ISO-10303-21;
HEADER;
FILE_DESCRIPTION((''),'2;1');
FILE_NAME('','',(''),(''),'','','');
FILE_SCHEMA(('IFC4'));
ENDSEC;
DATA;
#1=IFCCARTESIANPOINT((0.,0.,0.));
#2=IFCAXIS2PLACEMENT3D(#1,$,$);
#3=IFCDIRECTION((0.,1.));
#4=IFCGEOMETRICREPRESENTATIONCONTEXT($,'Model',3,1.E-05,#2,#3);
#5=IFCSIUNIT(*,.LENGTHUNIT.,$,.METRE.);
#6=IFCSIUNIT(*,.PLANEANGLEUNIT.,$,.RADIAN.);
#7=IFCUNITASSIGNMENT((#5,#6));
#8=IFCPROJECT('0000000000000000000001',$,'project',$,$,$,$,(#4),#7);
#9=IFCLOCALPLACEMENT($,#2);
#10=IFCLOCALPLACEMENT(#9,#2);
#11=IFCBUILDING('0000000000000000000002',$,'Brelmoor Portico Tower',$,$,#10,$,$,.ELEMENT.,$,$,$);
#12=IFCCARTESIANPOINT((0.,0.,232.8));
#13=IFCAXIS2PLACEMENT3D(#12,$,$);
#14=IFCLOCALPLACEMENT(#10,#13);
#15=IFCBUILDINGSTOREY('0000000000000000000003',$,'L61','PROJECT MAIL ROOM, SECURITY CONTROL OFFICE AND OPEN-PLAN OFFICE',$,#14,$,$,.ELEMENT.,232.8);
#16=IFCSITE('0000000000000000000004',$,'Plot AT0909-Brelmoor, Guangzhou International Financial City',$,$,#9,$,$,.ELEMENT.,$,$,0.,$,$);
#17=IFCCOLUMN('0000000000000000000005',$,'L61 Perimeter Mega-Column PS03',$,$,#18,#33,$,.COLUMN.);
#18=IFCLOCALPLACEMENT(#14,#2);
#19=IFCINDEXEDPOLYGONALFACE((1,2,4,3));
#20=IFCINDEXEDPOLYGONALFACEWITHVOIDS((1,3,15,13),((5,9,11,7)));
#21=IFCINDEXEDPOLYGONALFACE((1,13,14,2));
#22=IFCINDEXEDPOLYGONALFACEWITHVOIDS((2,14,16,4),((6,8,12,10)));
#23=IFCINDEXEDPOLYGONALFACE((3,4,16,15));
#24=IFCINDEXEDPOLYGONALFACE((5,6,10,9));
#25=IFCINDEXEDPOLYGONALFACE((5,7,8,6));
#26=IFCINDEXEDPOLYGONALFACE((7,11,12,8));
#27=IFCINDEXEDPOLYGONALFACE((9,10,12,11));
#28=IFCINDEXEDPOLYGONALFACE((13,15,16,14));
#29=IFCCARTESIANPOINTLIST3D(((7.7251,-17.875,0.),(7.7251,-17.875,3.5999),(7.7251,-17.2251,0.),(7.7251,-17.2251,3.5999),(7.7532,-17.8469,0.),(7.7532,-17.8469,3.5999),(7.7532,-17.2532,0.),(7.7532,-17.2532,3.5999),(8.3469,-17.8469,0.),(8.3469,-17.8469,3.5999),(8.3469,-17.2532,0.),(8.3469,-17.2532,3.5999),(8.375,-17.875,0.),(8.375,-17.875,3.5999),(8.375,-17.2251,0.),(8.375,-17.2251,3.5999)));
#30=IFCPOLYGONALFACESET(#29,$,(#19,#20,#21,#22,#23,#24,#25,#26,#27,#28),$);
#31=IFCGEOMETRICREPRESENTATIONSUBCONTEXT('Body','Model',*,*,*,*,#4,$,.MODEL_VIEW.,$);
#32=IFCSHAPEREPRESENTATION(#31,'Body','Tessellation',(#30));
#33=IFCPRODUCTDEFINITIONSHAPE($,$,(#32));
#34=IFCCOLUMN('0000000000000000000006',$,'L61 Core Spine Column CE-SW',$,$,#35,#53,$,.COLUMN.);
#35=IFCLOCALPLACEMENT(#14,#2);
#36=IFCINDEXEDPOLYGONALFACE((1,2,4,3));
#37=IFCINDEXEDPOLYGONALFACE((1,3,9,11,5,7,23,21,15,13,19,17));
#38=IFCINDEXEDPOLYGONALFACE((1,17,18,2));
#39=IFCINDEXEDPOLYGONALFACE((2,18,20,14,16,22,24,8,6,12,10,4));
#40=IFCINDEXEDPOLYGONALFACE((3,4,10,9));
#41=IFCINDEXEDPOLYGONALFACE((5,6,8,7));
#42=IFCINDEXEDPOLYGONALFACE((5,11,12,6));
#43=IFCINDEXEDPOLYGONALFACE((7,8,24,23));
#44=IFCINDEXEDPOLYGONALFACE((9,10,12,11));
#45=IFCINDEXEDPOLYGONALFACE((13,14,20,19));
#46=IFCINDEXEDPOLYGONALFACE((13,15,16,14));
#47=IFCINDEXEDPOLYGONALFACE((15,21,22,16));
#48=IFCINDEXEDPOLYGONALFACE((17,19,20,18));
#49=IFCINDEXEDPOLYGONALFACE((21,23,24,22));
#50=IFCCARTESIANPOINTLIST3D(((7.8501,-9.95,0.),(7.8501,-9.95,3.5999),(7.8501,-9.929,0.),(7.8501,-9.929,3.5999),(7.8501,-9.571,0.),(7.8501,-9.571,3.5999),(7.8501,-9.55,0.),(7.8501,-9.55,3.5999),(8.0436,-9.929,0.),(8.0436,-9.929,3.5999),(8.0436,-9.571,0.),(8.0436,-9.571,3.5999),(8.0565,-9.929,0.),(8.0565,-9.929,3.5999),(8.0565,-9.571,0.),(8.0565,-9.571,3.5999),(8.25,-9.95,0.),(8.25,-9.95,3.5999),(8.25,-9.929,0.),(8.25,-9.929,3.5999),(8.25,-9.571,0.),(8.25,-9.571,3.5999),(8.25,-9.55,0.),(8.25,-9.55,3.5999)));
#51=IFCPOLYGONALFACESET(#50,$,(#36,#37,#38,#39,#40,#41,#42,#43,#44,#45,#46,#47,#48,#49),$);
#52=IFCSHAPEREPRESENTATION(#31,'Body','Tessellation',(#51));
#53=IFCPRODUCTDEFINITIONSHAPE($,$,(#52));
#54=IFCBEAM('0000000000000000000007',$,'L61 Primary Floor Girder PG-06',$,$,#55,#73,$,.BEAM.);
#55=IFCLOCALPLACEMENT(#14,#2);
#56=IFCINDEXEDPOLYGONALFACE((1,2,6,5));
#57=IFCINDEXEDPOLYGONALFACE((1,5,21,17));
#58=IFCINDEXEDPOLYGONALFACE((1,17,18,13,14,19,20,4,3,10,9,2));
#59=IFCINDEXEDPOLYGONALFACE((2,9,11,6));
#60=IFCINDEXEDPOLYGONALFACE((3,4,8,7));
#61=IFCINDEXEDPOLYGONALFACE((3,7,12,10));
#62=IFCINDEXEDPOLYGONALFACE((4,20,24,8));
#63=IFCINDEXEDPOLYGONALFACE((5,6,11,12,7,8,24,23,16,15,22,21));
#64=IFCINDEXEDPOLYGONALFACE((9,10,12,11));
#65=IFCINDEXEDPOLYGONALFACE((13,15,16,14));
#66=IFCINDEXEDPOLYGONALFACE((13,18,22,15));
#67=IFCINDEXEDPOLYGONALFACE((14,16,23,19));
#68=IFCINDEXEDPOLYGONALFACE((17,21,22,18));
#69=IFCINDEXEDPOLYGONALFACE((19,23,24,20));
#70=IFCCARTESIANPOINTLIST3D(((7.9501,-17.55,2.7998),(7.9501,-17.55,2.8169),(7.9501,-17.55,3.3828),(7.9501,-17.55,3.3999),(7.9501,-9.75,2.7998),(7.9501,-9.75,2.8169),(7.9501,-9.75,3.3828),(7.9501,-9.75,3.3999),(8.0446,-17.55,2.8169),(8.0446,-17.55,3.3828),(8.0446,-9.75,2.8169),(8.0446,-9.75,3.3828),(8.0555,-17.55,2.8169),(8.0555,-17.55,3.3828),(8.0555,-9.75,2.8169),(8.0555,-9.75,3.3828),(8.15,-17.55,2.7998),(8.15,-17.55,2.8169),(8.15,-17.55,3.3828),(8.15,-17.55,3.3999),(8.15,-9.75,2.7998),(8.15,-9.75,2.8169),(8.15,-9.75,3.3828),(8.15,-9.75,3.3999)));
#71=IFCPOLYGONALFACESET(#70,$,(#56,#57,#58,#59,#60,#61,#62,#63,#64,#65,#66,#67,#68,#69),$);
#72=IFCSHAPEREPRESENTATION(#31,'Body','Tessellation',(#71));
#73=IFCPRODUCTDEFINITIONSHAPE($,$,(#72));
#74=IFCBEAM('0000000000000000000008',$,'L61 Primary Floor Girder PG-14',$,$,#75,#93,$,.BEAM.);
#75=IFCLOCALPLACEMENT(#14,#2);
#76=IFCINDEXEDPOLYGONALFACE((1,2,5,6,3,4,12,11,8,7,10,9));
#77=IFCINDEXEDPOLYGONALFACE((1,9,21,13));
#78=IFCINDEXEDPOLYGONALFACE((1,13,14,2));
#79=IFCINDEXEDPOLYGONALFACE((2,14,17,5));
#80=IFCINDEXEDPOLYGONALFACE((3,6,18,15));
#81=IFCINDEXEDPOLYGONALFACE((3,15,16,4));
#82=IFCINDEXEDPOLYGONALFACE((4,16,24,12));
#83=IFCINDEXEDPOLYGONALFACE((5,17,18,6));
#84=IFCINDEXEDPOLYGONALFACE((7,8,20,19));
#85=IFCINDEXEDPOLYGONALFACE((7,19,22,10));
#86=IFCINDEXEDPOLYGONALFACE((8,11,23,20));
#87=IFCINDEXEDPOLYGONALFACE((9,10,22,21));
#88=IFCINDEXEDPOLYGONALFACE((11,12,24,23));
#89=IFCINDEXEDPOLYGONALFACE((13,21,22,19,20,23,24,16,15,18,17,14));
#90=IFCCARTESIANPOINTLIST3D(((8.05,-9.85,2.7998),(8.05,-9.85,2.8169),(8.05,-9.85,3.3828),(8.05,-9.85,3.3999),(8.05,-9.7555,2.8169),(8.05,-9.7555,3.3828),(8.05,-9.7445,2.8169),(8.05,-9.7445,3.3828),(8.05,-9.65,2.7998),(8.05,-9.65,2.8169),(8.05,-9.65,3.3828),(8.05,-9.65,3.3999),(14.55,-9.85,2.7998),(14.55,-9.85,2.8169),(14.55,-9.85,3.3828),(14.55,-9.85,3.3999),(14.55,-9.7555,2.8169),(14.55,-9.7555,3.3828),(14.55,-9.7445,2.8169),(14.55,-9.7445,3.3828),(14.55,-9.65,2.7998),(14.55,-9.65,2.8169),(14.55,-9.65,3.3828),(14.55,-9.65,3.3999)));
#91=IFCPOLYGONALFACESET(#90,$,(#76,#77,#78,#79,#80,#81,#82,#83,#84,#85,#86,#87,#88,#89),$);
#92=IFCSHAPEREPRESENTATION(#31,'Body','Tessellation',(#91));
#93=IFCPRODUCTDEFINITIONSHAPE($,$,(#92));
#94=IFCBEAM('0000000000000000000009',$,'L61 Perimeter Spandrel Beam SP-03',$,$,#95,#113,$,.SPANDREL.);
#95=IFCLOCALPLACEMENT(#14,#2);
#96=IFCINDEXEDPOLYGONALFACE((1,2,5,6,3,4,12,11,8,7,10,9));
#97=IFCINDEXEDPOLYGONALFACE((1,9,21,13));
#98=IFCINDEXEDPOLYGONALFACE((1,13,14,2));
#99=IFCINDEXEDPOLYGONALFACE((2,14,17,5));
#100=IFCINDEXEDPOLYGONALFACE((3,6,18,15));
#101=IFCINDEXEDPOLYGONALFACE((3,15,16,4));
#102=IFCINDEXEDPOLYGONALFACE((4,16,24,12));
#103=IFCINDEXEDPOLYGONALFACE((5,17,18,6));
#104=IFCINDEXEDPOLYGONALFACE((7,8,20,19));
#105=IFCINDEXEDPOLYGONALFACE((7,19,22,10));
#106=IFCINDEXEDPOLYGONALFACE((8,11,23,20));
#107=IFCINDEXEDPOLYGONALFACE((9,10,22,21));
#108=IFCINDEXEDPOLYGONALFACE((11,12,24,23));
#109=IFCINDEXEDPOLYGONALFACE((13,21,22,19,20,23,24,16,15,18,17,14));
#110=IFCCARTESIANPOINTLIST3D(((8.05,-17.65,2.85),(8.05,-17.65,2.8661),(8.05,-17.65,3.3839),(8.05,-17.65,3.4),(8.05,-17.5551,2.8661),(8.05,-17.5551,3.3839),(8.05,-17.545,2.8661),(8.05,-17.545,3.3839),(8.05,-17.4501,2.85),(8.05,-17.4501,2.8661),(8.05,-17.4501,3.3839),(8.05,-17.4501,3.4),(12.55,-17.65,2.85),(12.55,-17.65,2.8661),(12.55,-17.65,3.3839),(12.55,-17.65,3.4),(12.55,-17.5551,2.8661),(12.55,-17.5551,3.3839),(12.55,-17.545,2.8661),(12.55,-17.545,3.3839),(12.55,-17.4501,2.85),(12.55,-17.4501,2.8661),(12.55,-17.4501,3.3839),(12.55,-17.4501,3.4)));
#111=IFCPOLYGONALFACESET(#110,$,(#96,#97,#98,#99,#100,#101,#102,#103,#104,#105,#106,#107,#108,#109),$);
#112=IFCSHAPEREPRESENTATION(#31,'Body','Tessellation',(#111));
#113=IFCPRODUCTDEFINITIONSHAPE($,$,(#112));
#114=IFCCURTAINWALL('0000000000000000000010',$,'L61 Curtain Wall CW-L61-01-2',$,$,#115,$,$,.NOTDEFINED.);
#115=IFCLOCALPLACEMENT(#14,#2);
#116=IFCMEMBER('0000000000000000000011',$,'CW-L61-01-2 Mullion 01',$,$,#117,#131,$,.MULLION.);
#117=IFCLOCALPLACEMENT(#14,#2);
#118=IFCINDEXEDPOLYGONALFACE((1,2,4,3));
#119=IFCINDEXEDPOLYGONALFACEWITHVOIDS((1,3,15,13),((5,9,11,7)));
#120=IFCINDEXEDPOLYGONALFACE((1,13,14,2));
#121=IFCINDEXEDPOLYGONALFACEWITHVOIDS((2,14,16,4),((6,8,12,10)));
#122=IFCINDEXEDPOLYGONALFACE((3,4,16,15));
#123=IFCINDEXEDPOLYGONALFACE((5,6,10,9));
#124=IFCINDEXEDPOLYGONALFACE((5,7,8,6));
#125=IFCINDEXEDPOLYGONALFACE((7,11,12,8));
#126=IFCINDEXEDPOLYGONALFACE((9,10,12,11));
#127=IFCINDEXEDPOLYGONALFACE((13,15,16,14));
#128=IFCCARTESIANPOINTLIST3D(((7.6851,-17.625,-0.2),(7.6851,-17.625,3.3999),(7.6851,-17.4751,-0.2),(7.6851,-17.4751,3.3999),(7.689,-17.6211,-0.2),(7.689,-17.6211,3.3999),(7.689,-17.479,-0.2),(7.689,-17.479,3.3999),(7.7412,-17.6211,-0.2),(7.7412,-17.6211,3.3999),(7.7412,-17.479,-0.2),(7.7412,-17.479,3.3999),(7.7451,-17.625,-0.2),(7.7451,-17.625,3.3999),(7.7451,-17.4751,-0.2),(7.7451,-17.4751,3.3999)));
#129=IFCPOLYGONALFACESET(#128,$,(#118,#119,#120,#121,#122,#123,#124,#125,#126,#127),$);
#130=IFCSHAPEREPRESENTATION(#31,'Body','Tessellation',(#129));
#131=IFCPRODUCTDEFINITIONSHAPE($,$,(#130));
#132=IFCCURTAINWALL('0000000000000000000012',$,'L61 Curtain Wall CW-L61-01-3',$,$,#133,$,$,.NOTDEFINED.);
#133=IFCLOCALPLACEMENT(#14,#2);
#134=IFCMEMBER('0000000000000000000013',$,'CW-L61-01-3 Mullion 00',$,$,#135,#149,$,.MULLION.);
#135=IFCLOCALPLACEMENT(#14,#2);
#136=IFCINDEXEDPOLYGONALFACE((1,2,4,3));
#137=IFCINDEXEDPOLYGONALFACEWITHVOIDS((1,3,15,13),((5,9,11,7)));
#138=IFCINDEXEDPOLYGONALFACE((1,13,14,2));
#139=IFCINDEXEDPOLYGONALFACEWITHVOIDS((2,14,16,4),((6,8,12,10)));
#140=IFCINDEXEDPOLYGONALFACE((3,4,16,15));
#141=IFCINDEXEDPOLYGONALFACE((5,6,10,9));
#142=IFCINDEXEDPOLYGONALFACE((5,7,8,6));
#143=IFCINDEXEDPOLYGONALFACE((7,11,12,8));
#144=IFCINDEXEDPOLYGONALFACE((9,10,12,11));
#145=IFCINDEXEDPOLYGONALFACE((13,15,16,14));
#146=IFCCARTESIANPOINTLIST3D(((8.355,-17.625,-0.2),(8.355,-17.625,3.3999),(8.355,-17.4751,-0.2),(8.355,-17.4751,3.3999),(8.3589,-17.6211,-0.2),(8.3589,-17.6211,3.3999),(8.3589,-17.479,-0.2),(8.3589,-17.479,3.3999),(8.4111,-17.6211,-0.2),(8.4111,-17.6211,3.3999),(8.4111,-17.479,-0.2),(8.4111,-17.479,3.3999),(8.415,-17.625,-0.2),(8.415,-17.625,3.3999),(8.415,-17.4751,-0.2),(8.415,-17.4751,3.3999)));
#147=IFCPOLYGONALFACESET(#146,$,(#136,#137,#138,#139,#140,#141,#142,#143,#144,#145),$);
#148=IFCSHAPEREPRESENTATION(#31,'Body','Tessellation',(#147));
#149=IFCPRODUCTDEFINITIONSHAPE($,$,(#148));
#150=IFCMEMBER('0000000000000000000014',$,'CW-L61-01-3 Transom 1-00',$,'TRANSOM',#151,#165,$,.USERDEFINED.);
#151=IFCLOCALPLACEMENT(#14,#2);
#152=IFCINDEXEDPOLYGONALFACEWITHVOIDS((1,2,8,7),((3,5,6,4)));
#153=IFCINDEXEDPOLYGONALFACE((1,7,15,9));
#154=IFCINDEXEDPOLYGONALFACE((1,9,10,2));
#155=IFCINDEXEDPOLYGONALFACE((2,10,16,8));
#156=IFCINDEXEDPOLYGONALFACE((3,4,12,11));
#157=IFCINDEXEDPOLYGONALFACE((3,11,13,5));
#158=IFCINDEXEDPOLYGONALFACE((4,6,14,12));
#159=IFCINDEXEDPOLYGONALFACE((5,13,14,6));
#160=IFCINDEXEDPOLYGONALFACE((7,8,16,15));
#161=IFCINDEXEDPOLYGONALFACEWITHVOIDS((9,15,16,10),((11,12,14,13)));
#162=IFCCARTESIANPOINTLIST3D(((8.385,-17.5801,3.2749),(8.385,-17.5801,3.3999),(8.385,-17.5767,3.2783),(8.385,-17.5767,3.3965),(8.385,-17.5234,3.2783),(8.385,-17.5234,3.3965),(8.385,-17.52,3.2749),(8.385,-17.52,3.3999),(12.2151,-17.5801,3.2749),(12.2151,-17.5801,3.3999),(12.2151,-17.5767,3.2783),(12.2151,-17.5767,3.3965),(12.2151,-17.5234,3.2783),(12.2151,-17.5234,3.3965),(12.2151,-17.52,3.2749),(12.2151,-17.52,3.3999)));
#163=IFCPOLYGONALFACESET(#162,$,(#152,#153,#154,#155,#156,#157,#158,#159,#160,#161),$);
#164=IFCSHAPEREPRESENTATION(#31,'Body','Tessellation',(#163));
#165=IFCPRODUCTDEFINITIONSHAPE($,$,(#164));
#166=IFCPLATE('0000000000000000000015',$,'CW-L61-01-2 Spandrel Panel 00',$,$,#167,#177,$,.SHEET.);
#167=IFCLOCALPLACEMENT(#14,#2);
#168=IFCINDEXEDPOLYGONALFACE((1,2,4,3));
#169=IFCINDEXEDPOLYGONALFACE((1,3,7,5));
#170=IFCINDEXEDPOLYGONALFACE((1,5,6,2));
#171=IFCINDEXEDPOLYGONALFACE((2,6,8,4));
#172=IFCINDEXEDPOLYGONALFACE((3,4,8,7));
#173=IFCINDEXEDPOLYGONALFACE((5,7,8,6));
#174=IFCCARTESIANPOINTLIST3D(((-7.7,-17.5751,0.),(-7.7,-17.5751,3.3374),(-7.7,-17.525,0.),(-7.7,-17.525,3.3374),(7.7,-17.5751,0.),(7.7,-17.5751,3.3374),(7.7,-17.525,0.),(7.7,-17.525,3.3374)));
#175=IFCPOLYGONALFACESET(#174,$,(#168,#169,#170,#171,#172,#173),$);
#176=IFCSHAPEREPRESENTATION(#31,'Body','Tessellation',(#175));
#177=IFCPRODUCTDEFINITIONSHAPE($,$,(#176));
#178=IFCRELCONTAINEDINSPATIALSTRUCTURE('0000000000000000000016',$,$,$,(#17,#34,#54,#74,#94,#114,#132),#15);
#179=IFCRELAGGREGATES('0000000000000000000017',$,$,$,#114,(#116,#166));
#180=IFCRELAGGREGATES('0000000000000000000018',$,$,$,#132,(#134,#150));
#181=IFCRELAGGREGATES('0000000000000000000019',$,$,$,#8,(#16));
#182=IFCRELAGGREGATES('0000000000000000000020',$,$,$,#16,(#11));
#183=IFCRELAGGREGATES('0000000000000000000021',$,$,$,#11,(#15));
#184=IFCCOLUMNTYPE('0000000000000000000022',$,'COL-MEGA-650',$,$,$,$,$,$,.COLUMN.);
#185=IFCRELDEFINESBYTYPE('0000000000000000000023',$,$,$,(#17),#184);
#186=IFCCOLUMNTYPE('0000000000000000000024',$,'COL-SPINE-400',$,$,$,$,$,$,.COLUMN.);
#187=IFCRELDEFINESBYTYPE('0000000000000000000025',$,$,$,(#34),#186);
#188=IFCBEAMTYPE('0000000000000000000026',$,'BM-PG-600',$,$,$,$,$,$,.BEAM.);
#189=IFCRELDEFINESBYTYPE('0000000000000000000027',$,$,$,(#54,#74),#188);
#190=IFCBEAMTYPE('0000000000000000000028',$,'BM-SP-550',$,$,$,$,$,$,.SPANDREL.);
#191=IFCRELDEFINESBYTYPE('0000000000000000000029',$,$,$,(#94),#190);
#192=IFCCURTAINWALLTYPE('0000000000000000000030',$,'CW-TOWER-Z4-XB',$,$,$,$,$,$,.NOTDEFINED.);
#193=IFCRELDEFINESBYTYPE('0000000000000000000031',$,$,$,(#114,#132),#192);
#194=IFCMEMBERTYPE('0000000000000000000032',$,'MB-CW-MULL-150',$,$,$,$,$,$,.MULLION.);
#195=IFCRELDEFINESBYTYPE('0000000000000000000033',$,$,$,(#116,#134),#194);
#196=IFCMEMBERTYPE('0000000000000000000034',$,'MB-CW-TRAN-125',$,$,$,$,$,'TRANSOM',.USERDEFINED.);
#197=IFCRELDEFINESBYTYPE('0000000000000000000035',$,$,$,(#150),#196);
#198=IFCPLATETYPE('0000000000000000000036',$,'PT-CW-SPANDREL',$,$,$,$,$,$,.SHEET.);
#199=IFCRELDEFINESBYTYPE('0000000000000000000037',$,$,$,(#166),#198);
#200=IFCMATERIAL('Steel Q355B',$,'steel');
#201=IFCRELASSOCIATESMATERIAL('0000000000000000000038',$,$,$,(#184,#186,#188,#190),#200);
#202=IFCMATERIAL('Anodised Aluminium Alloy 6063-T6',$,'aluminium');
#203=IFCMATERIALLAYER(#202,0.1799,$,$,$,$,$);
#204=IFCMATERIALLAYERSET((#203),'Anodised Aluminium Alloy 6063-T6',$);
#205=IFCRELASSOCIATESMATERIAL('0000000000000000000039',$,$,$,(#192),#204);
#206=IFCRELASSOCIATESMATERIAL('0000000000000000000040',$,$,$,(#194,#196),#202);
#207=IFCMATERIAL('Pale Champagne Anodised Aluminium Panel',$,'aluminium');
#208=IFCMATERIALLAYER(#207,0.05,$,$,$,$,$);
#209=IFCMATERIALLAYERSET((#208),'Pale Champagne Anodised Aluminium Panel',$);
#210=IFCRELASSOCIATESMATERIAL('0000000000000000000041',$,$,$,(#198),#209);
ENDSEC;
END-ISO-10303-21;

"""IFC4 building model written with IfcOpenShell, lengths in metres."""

from ifc_helpers import new_model, si_unit, direction, frame, origin, origin_2d, place, context, subcontext, project, spatial, rectangle, hollow_rectangle, i_section, extrude, material, layer, layer_set, material_profile, profile_set, type_object, element, aggregate, save


model = new_model("IFC4")

# Units and contexts
model_context = context("Model", 3, precision=1e-05, world=origin(), true_north=direction((0.0, 1.0)))
body_context = subcontext(model_context, "Body", "Model", "MODEL_VIEW")
ifc_project = project(units=[si_unit("LENGTHUNIT", "METRE"), si_unit("PLANEANGLEUNIT", "RADIAN")], contexts=[model_context])

# Site, building, storey
site_placement = place(None, origin())
site = spatial("IfcSite", under=ifc_project, at=site_placement, Name="Plot AT0909-Brelmoor, Guangzhou International Financial City", CompositionType="ELEMENT", RefElevation=0.0)
building_placement = place(site_placement, origin())
building = spatial("IfcBuilding", under=site, at=building_placement, Name="Brelmoor Portico Tower", CompositionType="ELEMENT")
storey_placement = place(building_placement, frame((0.0, 0.0, 232.8)))
storey = spatial("IfcBuildingStorey", under=building, at=storey_placement, Name="L61", Description="PROJECT MAIL ROOM, SECURITY CONTROL OFFICE AND OPEN-PLAN OFFICE", CompositionType="ELEMENT", Elevation=232.8)

# Columns
ifc_material_1 = material(Name="Steel Q355B", Category="steel")
ifc_material_profile_1 = material_profile(ifc_material_1, hollow_rectangle(XDim=0.6499, YDim=0.6499, WallThickness=0.0281, at=origin_2d()), Name="BOX 650x650x28")
ifc_profile_set_1 = profile_set([ifc_material_profile_1], Name="Steel Q355B")
column_type_1 = type_object("IfcColumnType", Name="COL-MEGA-650", PredefinedType="COLUMN", material=ifc_profile_set_1)
column_1_placement = place(storey_placement, frame((8.05, -17.55, 0.0), z_axis=(0.0, 0.0, 1.0), x_axis=(1.0, 0.0, 0.0)))
element("IfcColumn", 1, at=column_1_placement, inside=storey, type_object=column_type_1, Name="L61 Perimeter Mega-Column PS03", PredefinedType="COLUMN", context=body_context, shape_type="SweptSolid", body=[
    extrude(hollow_rectangle(XDim=0.6499, YDim=0.6499, WallThickness=0.0281, at=origin_2d()), origin(), (0.0, 0.0, 1.0), 3.5999),
])
ifc_material_profile_2 = material_profile(ifc_material_1, i_section(OverallWidth=0.3999, OverallDepth=0.3999, WebThickness=0.0129, FlangeThickness=0.021, at=origin_2d()), Name="HW 400x400x13x21")
ifc_profile_set_2 = profile_set([ifc_material_profile_2], Name="Steel Q355B")
column_type_2 = type_object("IfcColumnType", Name="COL-SPINE-400", PredefinedType="COLUMN", material=ifc_profile_set_2)
column_2_placement = place(storey_placement, frame((8.05, -9.75, 0.0), z_axis=(0.0, 0.0, 1.0), x_axis=(1.0, 0.0, 0.0)))
element("IfcColumn", 2, at=column_2_placement, inside=storey, type_object=column_type_2, Name="L61 Core Spine Column CE-SW", PredefinedType="COLUMN", context=body_context, shape_type="SweptSolid", body=[
    extrude(i_section(OverallWidth=0.3999, OverallDepth=0.3999, WebThickness=0.0129, FlangeThickness=0.021, at=origin_2d()), origin(), (0.0, 0.0, 1.0), 3.5999),
])

# Beams
ifc_material_profile_3 = material_profile(ifc_material_1, i_section(OverallWidth=0.2, OverallDepth=0.6001, WebThickness=0.011, FlangeThickness=0.0171, at=origin_2d()), Name="HN 600x200x11x17")
ifc_profile_set_3 = profile_set([ifc_material_profile_3], Name="Steel Q355B")
beam_type_1 = type_object("IfcBeamType", Name="BM-PG-600", PredefinedType="BEAM", material=ifc_profile_set_3)
beam_1_placement = place(storey_placement, frame((8.05, -17.55, 3.0999), z_axis=(0.0, 1.0, 0.0), x_axis=(-1.0, 0.0, 0.0)))
element("IfcBeam", 3, at=beam_1_placement, inside=storey, type_object=beam_type_1, Name="L61 Primary Floor Girder PG-06", PredefinedType="BEAM", context=body_context, shape_type="SweptSolid", body=[
    extrude(i_section(OverallWidth=0.2, OverallDepth=0.6001, WebThickness=0.011, FlangeThickness=0.0171, at=origin_2d()), origin(), (0.0, 0.0, 1.0), 7.8),
])
beam_2_placement = place(storey_placement, frame((8.05, -9.75, 3.0999), z_axis=(1.0, 0.0, 0.0), x_axis=(0.0, 1.0, 0.0)))
element("IfcBeam", 4, at=beam_2_placement, inside=storey, type_object=beam_type_1, Name="L61 Primary Floor Girder PG-14", PredefinedType="BEAM", context=body_context, shape_type="SweptSolid", body=[
    extrude(i_section(OverallWidth=0.2, OverallDepth=0.6001, WebThickness=0.011, FlangeThickness=0.0171, at=origin_2d()), origin(), (0.0, 0.0, 1.0), 6.5),
])
ifc_material_profile_4 = material_profile(ifc_material_1, i_section(OverallWidth=0.2, OverallDepth=0.55, WebThickness=0.01, FlangeThickness=0.0161, at=origin_2d()), Name="HN 550x200x10x16")
ifc_profile_set_4 = profile_set([ifc_material_profile_4], Name="Steel Q355B")
beam_type_2 = type_object("IfcBeamType", Name="BM-SP-550", PredefinedType="SPANDREL", material=ifc_profile_set_4)
beam_3_placement = place(storey_placement, frame((8.05, -17.55, 3.125), z_axis=(1.0, 0.0, 0.0), x_axis=(0.0, 1.0, 0.0)))
element("IfcBeam", 5, at=beam_3_placement, inside=storey, type_object=beam_type_2, Name="L61 Perimeter Spandrel Beam SP-03", PredefinedType="SPANDREL", context=body_context, shape_type="SweptSolid", body=[
    extrude(i_section(OverallWidth=0.2, OverallDepth=0.55, WebThickness=0.01, FlangeThickness=0.0161, at=origin_2d()), origin(), (0.0, 0.0, 1.0), 4.5),
])

# Curtain wall, member
ifc_material_2 = material(Name="Anodised Aluminium Alloy 6063-T6", Category="aluminium")
ifc_layer_1 = layer(ifc_material_2, 0.1799)
ifc_layer_set_1 = layer_set([ifc_layer_1], Name="Anodised Aluminium Alloy 6063-T6")
curtain_wall_type = type_object("IfcCurtainWallType", Name="CW-TOWER-Z4-XB", PredefinedType="NOTDEFINED", material=ifc_layer_set_1)
curtain_wall_1_placement = place(storey_placement, origin())
curtain_wall_1 = element("IfcCurtainWall", 6, at=curtain_wall_1_placement, inside=storey, type_object=curtain_wall_type, Name="L61 Curtain Wall CW-L61-01-2", PredefinedType="NOTDEFINED")
ifc_material_profile_5 = material_profile(ifc_material_2, hollow_rectangle(XDim=0.0601, YDim=0.1499, WallThickness=0.0039, at=origin_2d()), Name="ALU MULLION 60x150")
ifc_profile_set_5 = profile_set([ifc_material_profile_5], Name="Anodised Aluminium Alloy 6063-T6")
member_type_1 = type_object("IfcMemberType", Name="MB-CW-MULL-150", PredefinedType="MULLION", material=ifc_profile_set_5)
member_1_placement = place(storey_placement, frame((7.7151, -17.55, -0.2), z_axis=(0.0, 0.0, 1.0), x_axis=(1.0, 0.0, 0.0)))
member_1 = element("IfcMember", 7, at=member_1_placement, type_object=member_type_1, Name="CW-L61-01-2 Mullion 01", PredefinedType="MULLION", context=body_context, shape_type="SweptSolid", body=[
    extrude(hollow_rectangle(XDim=0.0601, YDim=0.1499, WallThickness=0.0039, at=origin_2d()), origin(), (0.0, 0.0, 1.0), 3.5999),
])

# Curtain wall, members
curtain_wall_2_placement = place(storey_placement, origin())
curtain_wall_2 = element("IfcCurtainWall", 8, at=curtain_wall_2_placement, inside=storey, type_object=curtain_wall_type, Name="L61 Curtain Wall CW-L61-01-3", PredefinedType="NOTDEFINED")
member_2_placement = place(storey_placement, frame((8.385, -17.55, -0.2), z_axis=(0.0, 0.0, 1.0), x_axis=(1.0, 0.0, 0.0)))
member_2 = element("IfcMember", 9, at=member_2_placement, type_object=member_type_1, Name="CW-L61-01-3 Mullion 00", PredefinedType="MULLION", context=body_context, shape_type="SweptSolid", body=[
    extrude(hollow_rectangle(XDim=0.0601, YDim=0.1499, WallThickness=0.0039, at=origin_2d()), origin(), (0.0, 0.0, 1.0), 3.5999),
])
ifc_material_profile_6 = material_profile(ifc_material_2, hollow_rectangle(XDim=0.0601, YDim=0.125, WallThickness=0.0034, at=origin_2d()), Name="ALU TRANSOM 60x125")
ifc_profile_set_6 = profile_set([ifc_material_profile_6], Name="Anodised Aluminium Alloy 6063-T6")
member_type_2 = type_object("IfcMemberType", Name="MB-CW-TRAN-125", ElementType="TRANSOM", PredefinedType="USERDEFINED", material=ifc_profile_set_6)
member_3_placement = place(storey_placement, frame((8.385, -17.55, 3.3374), z_axis=(1.0, 0.0, 0.0), x_axis=(0.0, 1.0, 0.0)))
member_3 = element("IfcMember", 10, at=member_3_placement, type_object=member_type_2, Name="CW-L61-01-3 Transom 1-00", ObjectType="TRANSOM", PredefinedType="USERDEFINED", context=body_context, shape_type="SweptSolid", body=[
    extrude(hollow_rectangle(XDim=0.0601, YDim=0.125, WallThickness=0.0034, at=origin_2d()), origin(), (0.0, 0.0, 1.0), 3.8301),
])

# Plate
ifc_material_3 = material(Name="Pale Champagne Anodised Aluminium Panel", Category="aluminium")
ifc_layer_2 = layer(ifc_material_3, 0.05)
ifc_layer_set_2 = layer_set([ifc_layer_2], Name="Pale Champagne Anodised Aluminium Panel")
plate_type_1 = type_object("IfcPlateType", Name="PT-CW-SPANDREL", PredefinedType="SHEET", material=ifc_layer_set_2)
plate_1_placement = place(storey_placement, frame((0.0, -17.55, 0.0), z_axis=(0.0, 0.0, 1.0), x_axis=(1.0, 0.0, 0.0)))
plate_1 = element("IfcPlate", 11, at=plate_1_placement, type_object=plate_type_1, Name="CW-L61-01-2 Spandrel Panel 00", PredefinedType="SHEET", context=body_context, shape_type="SweptSolid", body=[
    extrude(rectangle(XDim=15.3999, YDim=0.05, at=origin_2d()), origin(), (0.0, 0.0, 1.0), 3.3374),
])
aggregate(curtain_wall_1, [member_1, plate_1])
aggregate(curtain_wall_2, [member_2, member_3])

save(model, "model.ifc")
